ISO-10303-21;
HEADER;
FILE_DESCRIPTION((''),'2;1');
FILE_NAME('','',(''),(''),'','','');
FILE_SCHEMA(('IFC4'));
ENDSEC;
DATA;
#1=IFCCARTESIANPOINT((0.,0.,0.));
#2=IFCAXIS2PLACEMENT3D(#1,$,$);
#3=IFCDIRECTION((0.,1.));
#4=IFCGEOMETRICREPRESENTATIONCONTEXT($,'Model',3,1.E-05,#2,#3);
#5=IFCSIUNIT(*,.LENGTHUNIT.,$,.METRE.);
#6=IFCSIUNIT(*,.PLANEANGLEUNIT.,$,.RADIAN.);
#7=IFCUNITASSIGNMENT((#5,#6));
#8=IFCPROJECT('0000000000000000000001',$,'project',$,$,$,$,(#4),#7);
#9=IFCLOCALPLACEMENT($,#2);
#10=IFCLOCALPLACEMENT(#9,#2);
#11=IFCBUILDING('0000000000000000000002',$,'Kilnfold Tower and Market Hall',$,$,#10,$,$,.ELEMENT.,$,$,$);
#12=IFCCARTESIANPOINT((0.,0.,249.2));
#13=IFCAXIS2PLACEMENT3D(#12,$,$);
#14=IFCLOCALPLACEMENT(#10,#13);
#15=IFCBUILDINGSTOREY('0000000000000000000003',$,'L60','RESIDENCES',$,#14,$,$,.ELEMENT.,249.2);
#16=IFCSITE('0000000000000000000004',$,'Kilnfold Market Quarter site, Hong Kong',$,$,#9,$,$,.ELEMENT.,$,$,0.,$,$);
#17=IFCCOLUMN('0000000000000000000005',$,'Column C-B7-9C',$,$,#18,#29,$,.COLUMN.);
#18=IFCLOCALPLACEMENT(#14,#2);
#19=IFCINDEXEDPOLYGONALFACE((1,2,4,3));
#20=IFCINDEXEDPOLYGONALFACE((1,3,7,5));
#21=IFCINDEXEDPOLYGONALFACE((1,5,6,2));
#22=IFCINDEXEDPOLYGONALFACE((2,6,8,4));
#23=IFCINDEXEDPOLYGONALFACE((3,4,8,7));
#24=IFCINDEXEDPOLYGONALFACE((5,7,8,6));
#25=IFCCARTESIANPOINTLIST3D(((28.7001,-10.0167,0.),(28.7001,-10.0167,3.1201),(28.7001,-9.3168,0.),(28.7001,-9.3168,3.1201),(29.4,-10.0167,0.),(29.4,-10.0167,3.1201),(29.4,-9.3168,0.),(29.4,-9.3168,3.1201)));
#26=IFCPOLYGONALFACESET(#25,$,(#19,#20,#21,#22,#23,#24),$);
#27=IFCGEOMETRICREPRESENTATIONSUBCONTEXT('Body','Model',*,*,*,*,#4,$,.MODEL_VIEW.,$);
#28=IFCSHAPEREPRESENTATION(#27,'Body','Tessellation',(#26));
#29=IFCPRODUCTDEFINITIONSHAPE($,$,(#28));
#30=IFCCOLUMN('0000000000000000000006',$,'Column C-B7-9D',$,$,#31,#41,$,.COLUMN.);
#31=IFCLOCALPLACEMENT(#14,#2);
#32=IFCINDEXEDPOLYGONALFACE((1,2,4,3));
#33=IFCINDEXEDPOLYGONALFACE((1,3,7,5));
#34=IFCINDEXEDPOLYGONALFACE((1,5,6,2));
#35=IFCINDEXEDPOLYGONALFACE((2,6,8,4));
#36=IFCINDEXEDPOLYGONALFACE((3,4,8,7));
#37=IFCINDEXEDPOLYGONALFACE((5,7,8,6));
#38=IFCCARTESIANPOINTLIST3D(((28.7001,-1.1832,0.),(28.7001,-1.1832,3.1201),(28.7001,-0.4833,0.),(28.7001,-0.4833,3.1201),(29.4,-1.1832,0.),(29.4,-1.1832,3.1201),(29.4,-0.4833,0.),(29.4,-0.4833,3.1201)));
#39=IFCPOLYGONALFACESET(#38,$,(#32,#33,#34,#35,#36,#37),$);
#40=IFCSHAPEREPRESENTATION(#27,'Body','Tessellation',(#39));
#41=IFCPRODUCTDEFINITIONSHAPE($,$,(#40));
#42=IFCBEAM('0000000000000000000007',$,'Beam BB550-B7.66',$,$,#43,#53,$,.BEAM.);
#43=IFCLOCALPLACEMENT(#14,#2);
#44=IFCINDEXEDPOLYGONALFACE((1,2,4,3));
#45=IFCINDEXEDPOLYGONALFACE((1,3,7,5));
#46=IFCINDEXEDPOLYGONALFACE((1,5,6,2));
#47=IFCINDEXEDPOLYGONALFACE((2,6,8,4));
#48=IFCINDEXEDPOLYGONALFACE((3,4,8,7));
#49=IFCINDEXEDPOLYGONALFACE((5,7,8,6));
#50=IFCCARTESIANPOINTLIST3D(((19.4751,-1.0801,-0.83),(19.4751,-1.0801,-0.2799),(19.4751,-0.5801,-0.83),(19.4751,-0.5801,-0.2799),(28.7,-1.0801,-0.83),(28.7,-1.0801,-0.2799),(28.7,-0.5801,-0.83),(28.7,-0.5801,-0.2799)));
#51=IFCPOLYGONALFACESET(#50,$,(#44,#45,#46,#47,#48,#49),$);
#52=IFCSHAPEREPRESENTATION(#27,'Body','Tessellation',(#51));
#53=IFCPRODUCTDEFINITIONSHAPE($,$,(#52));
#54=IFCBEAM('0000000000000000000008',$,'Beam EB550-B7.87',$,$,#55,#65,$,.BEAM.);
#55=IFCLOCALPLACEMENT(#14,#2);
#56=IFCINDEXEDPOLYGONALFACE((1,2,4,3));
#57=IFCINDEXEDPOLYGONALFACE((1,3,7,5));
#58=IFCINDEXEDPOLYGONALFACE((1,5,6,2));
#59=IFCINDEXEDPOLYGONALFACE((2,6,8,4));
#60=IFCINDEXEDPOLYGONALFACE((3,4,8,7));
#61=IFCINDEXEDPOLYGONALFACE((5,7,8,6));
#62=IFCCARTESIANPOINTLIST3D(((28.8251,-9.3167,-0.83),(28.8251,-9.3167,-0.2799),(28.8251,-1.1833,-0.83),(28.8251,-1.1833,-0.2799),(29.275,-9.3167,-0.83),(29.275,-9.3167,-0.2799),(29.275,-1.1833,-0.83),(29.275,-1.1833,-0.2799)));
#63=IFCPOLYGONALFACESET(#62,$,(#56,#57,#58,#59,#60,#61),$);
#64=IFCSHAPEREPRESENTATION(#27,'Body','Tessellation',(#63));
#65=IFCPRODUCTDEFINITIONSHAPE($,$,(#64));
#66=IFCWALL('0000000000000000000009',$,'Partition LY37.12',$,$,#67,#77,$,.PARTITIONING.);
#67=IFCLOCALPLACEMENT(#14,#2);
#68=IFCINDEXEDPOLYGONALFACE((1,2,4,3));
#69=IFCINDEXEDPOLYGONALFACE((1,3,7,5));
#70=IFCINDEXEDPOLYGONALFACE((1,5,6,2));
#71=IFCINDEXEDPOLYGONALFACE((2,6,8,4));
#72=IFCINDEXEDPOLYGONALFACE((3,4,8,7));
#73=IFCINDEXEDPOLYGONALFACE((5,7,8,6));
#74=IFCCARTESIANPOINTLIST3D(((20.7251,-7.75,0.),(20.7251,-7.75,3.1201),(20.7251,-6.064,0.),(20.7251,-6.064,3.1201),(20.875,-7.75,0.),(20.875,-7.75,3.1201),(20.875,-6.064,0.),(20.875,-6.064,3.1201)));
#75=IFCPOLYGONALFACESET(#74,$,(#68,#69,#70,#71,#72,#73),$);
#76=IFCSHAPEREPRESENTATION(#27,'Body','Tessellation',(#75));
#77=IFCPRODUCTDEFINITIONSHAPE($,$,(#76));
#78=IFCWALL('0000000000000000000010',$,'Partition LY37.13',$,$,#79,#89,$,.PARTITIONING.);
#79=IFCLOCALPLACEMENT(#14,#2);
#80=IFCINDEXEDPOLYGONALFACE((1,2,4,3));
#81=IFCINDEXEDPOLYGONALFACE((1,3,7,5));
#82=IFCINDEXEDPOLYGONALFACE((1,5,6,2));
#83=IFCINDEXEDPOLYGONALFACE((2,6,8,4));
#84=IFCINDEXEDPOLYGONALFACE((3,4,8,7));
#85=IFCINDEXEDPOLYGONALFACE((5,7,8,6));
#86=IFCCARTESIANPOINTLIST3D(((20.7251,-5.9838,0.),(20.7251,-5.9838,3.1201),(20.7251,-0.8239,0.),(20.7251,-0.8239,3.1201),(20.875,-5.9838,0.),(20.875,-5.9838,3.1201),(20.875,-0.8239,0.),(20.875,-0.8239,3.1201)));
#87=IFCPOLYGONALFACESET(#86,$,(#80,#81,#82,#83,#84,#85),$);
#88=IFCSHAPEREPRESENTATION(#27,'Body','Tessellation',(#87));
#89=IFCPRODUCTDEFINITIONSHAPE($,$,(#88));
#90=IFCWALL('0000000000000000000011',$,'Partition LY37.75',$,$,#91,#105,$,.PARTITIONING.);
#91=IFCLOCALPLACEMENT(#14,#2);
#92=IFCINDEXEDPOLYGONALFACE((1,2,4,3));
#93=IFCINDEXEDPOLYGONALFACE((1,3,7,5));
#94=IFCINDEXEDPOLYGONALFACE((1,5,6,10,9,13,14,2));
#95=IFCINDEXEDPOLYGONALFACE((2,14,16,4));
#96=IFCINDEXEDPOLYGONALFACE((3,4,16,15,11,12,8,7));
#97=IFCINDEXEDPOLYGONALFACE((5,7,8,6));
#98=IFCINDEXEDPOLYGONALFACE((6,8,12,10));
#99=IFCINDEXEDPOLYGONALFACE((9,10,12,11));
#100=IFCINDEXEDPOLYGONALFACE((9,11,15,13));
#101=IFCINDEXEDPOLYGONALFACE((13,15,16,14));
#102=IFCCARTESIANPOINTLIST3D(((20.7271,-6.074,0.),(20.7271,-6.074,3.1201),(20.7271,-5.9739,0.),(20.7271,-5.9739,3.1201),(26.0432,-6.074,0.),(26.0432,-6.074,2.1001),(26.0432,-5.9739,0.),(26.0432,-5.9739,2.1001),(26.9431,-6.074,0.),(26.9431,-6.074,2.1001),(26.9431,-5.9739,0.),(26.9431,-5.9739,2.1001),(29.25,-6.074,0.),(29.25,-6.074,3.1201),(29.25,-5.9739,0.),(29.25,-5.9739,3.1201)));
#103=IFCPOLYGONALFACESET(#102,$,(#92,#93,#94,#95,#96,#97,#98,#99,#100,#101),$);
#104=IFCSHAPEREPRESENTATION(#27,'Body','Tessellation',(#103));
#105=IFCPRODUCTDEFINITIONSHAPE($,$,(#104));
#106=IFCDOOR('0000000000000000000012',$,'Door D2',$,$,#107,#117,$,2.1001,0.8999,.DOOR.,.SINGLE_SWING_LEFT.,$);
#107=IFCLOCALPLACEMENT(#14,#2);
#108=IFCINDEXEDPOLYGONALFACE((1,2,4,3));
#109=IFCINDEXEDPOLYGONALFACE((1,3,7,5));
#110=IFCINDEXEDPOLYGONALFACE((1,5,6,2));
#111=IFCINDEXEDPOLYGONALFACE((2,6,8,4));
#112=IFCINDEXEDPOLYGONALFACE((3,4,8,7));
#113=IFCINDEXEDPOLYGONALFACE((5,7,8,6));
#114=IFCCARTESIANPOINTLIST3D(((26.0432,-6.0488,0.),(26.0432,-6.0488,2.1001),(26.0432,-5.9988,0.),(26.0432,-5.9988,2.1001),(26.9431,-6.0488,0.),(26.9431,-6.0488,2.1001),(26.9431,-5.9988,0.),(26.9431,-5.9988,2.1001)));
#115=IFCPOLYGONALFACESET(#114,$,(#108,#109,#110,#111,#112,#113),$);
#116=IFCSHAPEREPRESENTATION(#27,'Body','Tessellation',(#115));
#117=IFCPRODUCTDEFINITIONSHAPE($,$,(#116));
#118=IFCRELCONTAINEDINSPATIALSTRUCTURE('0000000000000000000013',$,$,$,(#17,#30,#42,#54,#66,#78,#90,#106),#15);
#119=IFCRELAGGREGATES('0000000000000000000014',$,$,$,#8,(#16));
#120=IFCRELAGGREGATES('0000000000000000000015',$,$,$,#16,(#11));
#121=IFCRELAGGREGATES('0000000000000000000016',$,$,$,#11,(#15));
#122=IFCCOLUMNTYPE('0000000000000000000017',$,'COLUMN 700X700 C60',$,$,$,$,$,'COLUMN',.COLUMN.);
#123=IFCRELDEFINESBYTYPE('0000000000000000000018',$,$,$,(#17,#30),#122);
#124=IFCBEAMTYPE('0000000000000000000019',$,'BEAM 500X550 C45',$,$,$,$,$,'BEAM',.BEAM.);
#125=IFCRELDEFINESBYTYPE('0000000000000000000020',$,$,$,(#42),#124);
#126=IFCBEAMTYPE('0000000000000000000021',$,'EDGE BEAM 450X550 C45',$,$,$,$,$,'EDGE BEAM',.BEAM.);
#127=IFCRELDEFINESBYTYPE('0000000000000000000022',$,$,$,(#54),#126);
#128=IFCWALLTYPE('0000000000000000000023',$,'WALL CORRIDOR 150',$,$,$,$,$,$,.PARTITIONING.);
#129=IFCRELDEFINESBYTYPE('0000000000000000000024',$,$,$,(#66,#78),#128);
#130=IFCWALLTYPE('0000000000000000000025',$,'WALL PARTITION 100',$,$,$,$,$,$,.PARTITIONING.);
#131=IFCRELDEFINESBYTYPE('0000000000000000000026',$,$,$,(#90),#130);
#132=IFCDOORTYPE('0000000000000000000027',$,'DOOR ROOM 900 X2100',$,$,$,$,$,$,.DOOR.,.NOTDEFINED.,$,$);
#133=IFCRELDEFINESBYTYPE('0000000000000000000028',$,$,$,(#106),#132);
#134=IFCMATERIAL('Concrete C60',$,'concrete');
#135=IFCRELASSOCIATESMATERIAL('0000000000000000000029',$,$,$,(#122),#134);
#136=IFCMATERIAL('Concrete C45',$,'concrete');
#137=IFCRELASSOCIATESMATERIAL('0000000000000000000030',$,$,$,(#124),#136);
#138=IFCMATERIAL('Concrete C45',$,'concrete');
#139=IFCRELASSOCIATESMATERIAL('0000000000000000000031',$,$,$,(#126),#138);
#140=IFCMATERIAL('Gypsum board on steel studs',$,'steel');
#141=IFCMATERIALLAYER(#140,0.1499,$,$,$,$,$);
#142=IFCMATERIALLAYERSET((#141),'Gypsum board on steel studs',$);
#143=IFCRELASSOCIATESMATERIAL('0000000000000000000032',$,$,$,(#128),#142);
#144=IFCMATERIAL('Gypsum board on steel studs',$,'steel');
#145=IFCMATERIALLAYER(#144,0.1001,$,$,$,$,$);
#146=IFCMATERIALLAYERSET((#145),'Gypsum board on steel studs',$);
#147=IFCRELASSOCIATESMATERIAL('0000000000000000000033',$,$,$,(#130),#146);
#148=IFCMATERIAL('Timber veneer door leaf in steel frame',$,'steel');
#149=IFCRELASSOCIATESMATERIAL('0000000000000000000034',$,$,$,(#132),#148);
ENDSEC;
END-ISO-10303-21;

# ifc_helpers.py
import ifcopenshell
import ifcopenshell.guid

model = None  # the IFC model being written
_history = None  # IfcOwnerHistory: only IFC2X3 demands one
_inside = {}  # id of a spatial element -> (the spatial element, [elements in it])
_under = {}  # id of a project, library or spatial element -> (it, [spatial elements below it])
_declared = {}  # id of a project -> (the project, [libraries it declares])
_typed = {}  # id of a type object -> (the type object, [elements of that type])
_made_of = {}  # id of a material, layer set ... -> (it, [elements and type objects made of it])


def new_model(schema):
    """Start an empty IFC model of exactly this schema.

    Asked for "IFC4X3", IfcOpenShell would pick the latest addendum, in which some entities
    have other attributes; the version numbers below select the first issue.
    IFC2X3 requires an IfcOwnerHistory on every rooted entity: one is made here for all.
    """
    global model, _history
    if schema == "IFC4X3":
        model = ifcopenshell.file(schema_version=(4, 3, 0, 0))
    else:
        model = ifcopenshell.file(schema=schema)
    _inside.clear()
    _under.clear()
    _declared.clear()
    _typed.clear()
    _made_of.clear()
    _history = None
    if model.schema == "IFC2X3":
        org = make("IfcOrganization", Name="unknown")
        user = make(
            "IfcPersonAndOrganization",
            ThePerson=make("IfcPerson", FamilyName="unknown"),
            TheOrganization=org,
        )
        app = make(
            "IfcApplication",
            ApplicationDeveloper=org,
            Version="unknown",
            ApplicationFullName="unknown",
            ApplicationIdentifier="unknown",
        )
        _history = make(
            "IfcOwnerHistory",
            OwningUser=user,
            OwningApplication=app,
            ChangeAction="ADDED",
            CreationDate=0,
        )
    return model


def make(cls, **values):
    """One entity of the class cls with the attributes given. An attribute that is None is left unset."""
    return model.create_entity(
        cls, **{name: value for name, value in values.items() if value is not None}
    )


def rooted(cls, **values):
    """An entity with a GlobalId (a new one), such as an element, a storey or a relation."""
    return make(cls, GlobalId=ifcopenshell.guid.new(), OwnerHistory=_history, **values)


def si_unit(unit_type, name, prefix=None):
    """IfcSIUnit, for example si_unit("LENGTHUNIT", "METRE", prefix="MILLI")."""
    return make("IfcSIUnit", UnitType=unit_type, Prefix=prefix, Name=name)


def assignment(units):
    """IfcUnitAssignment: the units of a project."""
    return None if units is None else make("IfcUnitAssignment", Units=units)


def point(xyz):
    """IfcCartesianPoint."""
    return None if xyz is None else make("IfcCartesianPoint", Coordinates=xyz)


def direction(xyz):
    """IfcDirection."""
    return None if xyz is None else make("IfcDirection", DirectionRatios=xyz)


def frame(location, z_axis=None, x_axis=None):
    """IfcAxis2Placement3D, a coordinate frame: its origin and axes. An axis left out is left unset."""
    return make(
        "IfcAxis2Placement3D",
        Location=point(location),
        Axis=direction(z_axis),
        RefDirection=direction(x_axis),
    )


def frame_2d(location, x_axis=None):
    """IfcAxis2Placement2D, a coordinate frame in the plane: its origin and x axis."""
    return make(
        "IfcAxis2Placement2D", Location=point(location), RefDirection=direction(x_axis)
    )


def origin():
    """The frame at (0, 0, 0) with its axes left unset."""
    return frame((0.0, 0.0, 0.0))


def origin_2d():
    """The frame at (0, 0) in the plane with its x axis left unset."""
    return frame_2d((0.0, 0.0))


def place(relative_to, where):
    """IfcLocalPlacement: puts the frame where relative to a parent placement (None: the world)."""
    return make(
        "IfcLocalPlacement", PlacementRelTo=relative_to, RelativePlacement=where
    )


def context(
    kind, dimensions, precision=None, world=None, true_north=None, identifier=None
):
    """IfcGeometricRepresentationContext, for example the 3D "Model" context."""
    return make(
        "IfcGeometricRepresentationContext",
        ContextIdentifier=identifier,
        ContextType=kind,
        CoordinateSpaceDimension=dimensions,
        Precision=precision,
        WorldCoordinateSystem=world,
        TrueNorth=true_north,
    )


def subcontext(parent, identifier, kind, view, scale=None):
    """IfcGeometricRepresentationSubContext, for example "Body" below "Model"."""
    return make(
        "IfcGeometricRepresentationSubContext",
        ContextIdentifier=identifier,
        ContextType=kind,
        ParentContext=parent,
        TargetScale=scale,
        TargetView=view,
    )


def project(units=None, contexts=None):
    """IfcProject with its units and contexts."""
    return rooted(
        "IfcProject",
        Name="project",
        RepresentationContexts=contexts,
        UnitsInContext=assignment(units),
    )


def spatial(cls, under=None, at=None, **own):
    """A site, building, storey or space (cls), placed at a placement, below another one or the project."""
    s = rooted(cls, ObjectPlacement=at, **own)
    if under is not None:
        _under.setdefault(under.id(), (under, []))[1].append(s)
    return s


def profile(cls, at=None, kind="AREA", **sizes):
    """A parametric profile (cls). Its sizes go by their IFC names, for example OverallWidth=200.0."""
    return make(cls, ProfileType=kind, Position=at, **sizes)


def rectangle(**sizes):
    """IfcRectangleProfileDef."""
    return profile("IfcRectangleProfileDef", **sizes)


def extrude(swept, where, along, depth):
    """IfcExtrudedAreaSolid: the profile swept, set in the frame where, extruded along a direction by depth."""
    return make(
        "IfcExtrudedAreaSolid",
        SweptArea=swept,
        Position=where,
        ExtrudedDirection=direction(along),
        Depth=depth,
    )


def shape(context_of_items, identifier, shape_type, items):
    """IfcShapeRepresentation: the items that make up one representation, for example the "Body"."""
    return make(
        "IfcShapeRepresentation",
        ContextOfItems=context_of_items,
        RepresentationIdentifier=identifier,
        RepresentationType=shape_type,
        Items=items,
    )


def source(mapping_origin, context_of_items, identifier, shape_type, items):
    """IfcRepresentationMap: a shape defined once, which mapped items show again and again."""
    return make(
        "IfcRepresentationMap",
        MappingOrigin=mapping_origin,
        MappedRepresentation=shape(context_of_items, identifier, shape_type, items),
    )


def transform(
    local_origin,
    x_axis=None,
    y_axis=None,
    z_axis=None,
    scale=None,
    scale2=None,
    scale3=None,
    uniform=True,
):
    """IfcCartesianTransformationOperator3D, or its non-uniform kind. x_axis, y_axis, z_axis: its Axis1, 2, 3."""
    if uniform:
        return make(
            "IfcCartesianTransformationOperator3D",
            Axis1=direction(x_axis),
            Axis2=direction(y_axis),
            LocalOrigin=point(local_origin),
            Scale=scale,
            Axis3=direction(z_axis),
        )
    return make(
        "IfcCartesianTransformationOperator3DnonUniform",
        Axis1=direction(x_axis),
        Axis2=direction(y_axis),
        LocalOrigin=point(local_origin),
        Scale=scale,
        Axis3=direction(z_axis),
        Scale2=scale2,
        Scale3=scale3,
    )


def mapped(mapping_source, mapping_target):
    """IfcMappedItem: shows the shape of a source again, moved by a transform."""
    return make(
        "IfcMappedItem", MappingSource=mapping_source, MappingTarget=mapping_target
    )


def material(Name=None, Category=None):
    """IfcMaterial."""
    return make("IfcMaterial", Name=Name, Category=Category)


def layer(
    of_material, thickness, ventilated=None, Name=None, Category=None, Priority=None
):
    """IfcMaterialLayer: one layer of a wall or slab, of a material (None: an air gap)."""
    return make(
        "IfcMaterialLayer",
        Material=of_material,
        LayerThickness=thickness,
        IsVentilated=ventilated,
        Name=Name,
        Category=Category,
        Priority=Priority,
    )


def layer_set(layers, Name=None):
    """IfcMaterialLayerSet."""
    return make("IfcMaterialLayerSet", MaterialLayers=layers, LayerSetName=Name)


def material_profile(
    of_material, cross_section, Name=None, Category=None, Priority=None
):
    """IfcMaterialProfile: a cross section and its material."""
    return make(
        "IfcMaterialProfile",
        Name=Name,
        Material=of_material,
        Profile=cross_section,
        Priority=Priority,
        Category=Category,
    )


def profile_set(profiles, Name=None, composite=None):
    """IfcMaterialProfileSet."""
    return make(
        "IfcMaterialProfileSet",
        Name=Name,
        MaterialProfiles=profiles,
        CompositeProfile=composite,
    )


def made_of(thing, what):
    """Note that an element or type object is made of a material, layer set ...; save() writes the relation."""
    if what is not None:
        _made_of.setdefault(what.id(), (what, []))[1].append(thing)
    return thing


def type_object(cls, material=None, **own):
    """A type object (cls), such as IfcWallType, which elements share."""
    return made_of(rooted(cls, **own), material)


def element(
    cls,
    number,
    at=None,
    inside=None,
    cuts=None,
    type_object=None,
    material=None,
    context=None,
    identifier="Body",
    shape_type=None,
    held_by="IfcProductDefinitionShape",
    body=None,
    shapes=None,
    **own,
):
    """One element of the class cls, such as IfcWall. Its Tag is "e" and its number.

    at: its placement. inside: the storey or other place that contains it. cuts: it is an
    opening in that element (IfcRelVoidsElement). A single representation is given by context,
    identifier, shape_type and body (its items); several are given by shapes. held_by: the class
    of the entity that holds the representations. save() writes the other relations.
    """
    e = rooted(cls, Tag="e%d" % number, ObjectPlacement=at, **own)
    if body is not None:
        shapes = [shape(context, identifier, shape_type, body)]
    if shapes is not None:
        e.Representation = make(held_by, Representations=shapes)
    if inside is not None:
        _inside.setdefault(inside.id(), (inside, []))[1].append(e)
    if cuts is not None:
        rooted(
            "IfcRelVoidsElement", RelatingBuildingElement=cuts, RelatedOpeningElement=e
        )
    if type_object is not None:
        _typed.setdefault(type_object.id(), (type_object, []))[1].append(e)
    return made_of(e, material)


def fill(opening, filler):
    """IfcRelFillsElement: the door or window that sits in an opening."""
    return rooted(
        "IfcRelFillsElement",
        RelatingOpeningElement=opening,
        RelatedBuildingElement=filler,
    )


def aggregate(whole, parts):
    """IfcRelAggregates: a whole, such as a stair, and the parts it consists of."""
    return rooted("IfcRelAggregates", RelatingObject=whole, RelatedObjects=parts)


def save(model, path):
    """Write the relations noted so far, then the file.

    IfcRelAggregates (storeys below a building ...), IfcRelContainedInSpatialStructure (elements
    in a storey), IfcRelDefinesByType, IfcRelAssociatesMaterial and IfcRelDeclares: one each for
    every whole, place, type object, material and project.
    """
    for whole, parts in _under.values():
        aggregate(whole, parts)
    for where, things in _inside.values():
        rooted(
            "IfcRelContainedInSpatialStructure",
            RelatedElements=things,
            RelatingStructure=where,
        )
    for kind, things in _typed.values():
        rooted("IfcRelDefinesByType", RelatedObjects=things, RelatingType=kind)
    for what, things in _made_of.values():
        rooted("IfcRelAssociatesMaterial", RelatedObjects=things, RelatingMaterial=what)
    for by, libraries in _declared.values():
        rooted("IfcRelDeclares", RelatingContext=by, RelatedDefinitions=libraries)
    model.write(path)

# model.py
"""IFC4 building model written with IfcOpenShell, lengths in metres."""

from ifc_helpers import new_model, si_unit, direction, frame, frame_2d, origin, origin_2d, place, context, subcontext, project, spatial, rectangle, extrude, source, transform, mapped, material, layer, layer_set, material_profile, profile_set, type_object, element, fill, save


model = new_model("IFC4")

# Units and contexts
model_context = context("Model", 3, precision=1e-05, world=origin(), true_north=direction((0.0, 1.0)))
body_context = subcontext(model_context, "Body", "Model", "MODEL_VIEW")
ifc_project = project(units=[si_unit("LENGTHUNIT", "METRE"), si_unit("PLANEANGLEUNIT", "RADIAN")], contexts=[model_context])

# Site, building, storey
site_placement = place(None, origin())
site = spatial("IfcSite", under=ifc_project, at=site_placement, Name="Kilnfold Market Quarter site, Hong Kong", CompositionType="ELEMENT", RefElevation=0.0)
building_placement = place(site_placement, origin())
building = spatial("IfcBuilding", under=site, at=building_placement, Name="Kilnfold Tower and Market Hall", CompositionType="ELEMENT")
storey_placement = place(building_placement, frame((0.0, 0.0, 249.2)))
storey = spatial("IfcBuildingStorey", under=building, at=storey_placement, Name="L60", Description="RESIDENCES", CompositionType="ELEMENT", Elevation=249.2)

# Columns
ifc_material_1 = material(Name="Concrete C60", Category="concrete")
ifc_material_profile_1 = material_profile(ifc_material_1, rectangle(XDim=0.7, YDim=0.7, at=origin_2d()), Name="RC 700x700")
ifc_profile_set_1 = profile_set([ifc_material_profile_1], Name="Concrete C60")
column_type = type_object("IfcColumnType", Name="COLUMN 700X700 C60", ElementType="COLUMN", PredefinedType="COLUMN", material=ifc_profile_set_1)
shared_shape_1 = source(origin(), body_context, "Body", "SweptSolid", [
    extrude(rectangle(XDim=0.7, YDim=0.7, at=origin_2d()), origin(), (0.0, 0.0, 1.0), 3.1201),
])
for number, where, z_axis, x_axis, name in (
    (1, (29.05, -9.6667, 0.0), (0.0, 0.0, 1.0), (1.0, 0.0, 0.0), "Column C-B7-9C"),
    (2, (29.05, -0.8333, 0.0), (0.0, 0.0, 1.0), (1.0, 0.0, 0.0), "Column C-B7-9D"),
):
    element("IfcColumn", number, at=place(storey_placement, frame(where, z_axis=z_axis, x_axis=x_axis)), inside=storey, type_object=column_type, Name=name, PredefinedType="COLUMN", context=body_context, shape_type="MappedRepresentation", body=[
        mapped(shared_shape_1, transform((0.0, 0.0, 0.0))),
    ])

# Beams
ifc_material_2 = material(Name="Concrete C45", Category="concrete")
ifc_material_profile_2 = material_profile(ifc_material_2, rectangle(XDim=0.5, YDim=0.55, at=origin_2d()), Name="RC 500x550")
ifc_profile_set_2 = profile_set([ifc_material_profile_2], Name="Concrete C45")
beam_type_1 = type_object("IfcBeamType", Name="BEAM 500X550 C45", ElementType="BEAM", PredefinedType="BEAM", material=ifc_profile_set_2)
shared_shape_2 = source(origin(), body_context, "Body", "SweptSolid", [
    extrude(rectangle(XDim=0.5, YDim=0.55, at=origin_2d()), origin(), (0.0, 0.0, 1.0), 9.2249),
])
beam_1_placement = place(storey_placement, frame((19.4751, -0.8301, -0.5549), z_axis=(1.0, 0.0, 0.0), x_axis=(0.0, 1.0, 0.0)))
element("IfcBeam", 3, at=beam_1_placement, inside=storey, type_object=beam_type_1, Name="Beam BB550-B7.66", PredefinedType="BEAM", context=body_context, shape_type="MappedRepresentation", body=[
    mapped(shared_shape_2, transform((0.0, 0.0, 0.0))),
])
ifc_material_3 = material(Name="Concrete C45", Category="concrete")
ifc_material_profile_3 = material_profile(ifc_material_3, rectangle(XDim=0.45, YDim=0.55, at=origin_2d()), Name="RC 450x550")
ifc_profile_set_3 = profile_set([ifc_material_profile_3], Name="Concrete C45")
beam_type_2 = type_object("IfcBeamType", Name="EDGE BEAM 450X550 C45", ElementType="EDGE BEAM", PredefinedType="BEAM", material=ifc_profile_set_3)
shared_shape_3 = source(origin(), body_context, "Body", "SweptSolid", [
    extrude(rectangle(XDim=0.45, YDim=0.55, at=origin_2d()), origin(), (0.0, 0.0, 1.0), 8.1333),
])
beam_2_placement = place(storey_placement, frame((29.05, -9.3167, -0.5549), z_axis=(0.0, 1.0, 0.0), x_axis=(-1.0, 0.0, 0.0)))
element("IfcBeam", 4, at=beam_2_placement, inside=storey, type_object=beam_type_2, Name="Beam EB550-B7.87", PredefinedType="BEAM", context=body_context, shape_type="MappedRepresentation", body=[
    mapped(shared_shape_3, transform((0.0, 0.0, 0.0))),
])

# Walls
ifc_material_4 = material(Name="Gypsum board on steel studs", Category="steel")
ifc_layer_1 = layer(ifc_material_4, 0.1499)
ifc_layer_set_1 = layer_set([ifc_layer_1], Name="Gypsum board on steel studs")
wall_type_1 = type_object("IfcWallType", Name="WALL CORRIDOR 150", PredefinedType="PARTITIONING", material=ifc_layer_set_1)
wall_1_placement = place(storey_placement, frame((20.8, -7.75, 0.0), z_axis=(0.0, 0.0, 1.0), x_axis=(0.0, 1.0, 0.0)))
element("IfcWall", 5, at=wall_1_placement, inside=storey, type_object=wall_type_1, Name="Partition LY37.12", PredefinedType="PARTITIONING", context=body_context, shape_type="SweptSolid", body=[
    extrude(rectangle(XDim=1.686, YDim=0.1499, at=frame_2d((0.843, 0.0))), origin(), (0.0, 0.0, 1.0), 3.1201),
])
wall_2_placement = place(storey_placement, frame((20.8, -5.9839, 0.0), z_axis=(0.0, 0.0, 1.0), x_axis=(0.0, 1.0, 0.0)))
element("IfcWall", 6, at=wall_2_placement, inside=storey, type_object=wall_type_1, Name="Partition LY37.13", PredefinedType="PARTITIONING", context=body_context, shape_type="SweptSolid", body=[
    extrude(rectangle(XDim=5.1599, YDim=0.1499, at=frame_2d((2.5801, 0.0))), origin(), (0.0, 0.0, 1.0), 3.1201),
])

# Wall, opening, door
ifc_material_5 = material(Name="Gypsum board on steel studs", Category="steel")
ifc_layer_2 = layer(ifc_material_5, 0.1001)
ifc_layer_set_2 = layer_set([ifc_layer_2], Name="Gypsum board on steel studs")
wall_type_2 = type_object("IfcWallType", Name="WALL PARTITION 100", PredefinedType="PARTITIONING", material=ifc_layer_set_2)
wall_3_placement = place(storey_placement, frame((29.25, -6.0239, 0.0), z_axis=(0.0, 0.0, 1.0), x_axis=(-1.0, 0.0, 0.0)))
wall_3 = element("IfcWall", 7, at=wall_3_placement, inside=storey, type_object=wall_type_2, Name="Partition LY37.75", PredefinedType="PARTITIONING", context=body_context, shape_type="SweptSolid", body=[
    extrude(rectangle(XDim=8.5229, YDim=0.1001, at=frame_2d((4.2615, 0.0))), origin(), (0.0, 0.0, 1.0), 3.1201),
])
opening_1_placement = place(wall_3_placement, frame((2.3069, 0.0, 0.0)))
opening_1 = element("IfcOpeningElement", 8, at=opening_1_placement, cuts=wall_3, PredefinedType="OPENING", context=body_context, shape_type="SweptSolid", body=[
    extrude(rectangle(XDim=0.8999, YDim=2.1001, at=frame_2d((0.45, 1.05))), frame((0.0, 0.0601, 0.0), z_axis=(0.0, -1.0, 0.0), x_axis=(1.0, 0.0, 0.0)), (0.0, 0.0, 1.0), 0.1201),
])
ifc_material_6 = material(Name="Timber veneer door leaf in steel frame", Category="steel")
door_type_1 = type_object("IfcDoorType", Name="DOOR ROOM 900 X2100", OperationType="NOTDEFINED", PredefinedType="DOOR", material=ifc_material_6)
door_1_placement = place(opening_1_placement, origin())
door_1 = element("IfcDoor", 9, at=door_1_placement, inside=storey, type_object=door_type_1, Name="Door D2", OperationType="SINGLE_SWING_LEFT", OverallHeight=2.1001, OverallWidth=0.8999, PredefinedType="DOOR", context=body_context, shape_type="SweptSolid", body=[
    extrude(rectangle(XDim=0.8999, YDim=2.1001, at=frame_2d((0.45, 1.05))), frame((0.0, 0.0249, 0.0), z_axis=(0.0, -1.0, 0.0), x_axis=(1.0, 0.0, 0.0)), (0.0, 0.0, 1.0), 0.05),
])
fill(opening_1, door_1)

save(model, "model.ifc")
